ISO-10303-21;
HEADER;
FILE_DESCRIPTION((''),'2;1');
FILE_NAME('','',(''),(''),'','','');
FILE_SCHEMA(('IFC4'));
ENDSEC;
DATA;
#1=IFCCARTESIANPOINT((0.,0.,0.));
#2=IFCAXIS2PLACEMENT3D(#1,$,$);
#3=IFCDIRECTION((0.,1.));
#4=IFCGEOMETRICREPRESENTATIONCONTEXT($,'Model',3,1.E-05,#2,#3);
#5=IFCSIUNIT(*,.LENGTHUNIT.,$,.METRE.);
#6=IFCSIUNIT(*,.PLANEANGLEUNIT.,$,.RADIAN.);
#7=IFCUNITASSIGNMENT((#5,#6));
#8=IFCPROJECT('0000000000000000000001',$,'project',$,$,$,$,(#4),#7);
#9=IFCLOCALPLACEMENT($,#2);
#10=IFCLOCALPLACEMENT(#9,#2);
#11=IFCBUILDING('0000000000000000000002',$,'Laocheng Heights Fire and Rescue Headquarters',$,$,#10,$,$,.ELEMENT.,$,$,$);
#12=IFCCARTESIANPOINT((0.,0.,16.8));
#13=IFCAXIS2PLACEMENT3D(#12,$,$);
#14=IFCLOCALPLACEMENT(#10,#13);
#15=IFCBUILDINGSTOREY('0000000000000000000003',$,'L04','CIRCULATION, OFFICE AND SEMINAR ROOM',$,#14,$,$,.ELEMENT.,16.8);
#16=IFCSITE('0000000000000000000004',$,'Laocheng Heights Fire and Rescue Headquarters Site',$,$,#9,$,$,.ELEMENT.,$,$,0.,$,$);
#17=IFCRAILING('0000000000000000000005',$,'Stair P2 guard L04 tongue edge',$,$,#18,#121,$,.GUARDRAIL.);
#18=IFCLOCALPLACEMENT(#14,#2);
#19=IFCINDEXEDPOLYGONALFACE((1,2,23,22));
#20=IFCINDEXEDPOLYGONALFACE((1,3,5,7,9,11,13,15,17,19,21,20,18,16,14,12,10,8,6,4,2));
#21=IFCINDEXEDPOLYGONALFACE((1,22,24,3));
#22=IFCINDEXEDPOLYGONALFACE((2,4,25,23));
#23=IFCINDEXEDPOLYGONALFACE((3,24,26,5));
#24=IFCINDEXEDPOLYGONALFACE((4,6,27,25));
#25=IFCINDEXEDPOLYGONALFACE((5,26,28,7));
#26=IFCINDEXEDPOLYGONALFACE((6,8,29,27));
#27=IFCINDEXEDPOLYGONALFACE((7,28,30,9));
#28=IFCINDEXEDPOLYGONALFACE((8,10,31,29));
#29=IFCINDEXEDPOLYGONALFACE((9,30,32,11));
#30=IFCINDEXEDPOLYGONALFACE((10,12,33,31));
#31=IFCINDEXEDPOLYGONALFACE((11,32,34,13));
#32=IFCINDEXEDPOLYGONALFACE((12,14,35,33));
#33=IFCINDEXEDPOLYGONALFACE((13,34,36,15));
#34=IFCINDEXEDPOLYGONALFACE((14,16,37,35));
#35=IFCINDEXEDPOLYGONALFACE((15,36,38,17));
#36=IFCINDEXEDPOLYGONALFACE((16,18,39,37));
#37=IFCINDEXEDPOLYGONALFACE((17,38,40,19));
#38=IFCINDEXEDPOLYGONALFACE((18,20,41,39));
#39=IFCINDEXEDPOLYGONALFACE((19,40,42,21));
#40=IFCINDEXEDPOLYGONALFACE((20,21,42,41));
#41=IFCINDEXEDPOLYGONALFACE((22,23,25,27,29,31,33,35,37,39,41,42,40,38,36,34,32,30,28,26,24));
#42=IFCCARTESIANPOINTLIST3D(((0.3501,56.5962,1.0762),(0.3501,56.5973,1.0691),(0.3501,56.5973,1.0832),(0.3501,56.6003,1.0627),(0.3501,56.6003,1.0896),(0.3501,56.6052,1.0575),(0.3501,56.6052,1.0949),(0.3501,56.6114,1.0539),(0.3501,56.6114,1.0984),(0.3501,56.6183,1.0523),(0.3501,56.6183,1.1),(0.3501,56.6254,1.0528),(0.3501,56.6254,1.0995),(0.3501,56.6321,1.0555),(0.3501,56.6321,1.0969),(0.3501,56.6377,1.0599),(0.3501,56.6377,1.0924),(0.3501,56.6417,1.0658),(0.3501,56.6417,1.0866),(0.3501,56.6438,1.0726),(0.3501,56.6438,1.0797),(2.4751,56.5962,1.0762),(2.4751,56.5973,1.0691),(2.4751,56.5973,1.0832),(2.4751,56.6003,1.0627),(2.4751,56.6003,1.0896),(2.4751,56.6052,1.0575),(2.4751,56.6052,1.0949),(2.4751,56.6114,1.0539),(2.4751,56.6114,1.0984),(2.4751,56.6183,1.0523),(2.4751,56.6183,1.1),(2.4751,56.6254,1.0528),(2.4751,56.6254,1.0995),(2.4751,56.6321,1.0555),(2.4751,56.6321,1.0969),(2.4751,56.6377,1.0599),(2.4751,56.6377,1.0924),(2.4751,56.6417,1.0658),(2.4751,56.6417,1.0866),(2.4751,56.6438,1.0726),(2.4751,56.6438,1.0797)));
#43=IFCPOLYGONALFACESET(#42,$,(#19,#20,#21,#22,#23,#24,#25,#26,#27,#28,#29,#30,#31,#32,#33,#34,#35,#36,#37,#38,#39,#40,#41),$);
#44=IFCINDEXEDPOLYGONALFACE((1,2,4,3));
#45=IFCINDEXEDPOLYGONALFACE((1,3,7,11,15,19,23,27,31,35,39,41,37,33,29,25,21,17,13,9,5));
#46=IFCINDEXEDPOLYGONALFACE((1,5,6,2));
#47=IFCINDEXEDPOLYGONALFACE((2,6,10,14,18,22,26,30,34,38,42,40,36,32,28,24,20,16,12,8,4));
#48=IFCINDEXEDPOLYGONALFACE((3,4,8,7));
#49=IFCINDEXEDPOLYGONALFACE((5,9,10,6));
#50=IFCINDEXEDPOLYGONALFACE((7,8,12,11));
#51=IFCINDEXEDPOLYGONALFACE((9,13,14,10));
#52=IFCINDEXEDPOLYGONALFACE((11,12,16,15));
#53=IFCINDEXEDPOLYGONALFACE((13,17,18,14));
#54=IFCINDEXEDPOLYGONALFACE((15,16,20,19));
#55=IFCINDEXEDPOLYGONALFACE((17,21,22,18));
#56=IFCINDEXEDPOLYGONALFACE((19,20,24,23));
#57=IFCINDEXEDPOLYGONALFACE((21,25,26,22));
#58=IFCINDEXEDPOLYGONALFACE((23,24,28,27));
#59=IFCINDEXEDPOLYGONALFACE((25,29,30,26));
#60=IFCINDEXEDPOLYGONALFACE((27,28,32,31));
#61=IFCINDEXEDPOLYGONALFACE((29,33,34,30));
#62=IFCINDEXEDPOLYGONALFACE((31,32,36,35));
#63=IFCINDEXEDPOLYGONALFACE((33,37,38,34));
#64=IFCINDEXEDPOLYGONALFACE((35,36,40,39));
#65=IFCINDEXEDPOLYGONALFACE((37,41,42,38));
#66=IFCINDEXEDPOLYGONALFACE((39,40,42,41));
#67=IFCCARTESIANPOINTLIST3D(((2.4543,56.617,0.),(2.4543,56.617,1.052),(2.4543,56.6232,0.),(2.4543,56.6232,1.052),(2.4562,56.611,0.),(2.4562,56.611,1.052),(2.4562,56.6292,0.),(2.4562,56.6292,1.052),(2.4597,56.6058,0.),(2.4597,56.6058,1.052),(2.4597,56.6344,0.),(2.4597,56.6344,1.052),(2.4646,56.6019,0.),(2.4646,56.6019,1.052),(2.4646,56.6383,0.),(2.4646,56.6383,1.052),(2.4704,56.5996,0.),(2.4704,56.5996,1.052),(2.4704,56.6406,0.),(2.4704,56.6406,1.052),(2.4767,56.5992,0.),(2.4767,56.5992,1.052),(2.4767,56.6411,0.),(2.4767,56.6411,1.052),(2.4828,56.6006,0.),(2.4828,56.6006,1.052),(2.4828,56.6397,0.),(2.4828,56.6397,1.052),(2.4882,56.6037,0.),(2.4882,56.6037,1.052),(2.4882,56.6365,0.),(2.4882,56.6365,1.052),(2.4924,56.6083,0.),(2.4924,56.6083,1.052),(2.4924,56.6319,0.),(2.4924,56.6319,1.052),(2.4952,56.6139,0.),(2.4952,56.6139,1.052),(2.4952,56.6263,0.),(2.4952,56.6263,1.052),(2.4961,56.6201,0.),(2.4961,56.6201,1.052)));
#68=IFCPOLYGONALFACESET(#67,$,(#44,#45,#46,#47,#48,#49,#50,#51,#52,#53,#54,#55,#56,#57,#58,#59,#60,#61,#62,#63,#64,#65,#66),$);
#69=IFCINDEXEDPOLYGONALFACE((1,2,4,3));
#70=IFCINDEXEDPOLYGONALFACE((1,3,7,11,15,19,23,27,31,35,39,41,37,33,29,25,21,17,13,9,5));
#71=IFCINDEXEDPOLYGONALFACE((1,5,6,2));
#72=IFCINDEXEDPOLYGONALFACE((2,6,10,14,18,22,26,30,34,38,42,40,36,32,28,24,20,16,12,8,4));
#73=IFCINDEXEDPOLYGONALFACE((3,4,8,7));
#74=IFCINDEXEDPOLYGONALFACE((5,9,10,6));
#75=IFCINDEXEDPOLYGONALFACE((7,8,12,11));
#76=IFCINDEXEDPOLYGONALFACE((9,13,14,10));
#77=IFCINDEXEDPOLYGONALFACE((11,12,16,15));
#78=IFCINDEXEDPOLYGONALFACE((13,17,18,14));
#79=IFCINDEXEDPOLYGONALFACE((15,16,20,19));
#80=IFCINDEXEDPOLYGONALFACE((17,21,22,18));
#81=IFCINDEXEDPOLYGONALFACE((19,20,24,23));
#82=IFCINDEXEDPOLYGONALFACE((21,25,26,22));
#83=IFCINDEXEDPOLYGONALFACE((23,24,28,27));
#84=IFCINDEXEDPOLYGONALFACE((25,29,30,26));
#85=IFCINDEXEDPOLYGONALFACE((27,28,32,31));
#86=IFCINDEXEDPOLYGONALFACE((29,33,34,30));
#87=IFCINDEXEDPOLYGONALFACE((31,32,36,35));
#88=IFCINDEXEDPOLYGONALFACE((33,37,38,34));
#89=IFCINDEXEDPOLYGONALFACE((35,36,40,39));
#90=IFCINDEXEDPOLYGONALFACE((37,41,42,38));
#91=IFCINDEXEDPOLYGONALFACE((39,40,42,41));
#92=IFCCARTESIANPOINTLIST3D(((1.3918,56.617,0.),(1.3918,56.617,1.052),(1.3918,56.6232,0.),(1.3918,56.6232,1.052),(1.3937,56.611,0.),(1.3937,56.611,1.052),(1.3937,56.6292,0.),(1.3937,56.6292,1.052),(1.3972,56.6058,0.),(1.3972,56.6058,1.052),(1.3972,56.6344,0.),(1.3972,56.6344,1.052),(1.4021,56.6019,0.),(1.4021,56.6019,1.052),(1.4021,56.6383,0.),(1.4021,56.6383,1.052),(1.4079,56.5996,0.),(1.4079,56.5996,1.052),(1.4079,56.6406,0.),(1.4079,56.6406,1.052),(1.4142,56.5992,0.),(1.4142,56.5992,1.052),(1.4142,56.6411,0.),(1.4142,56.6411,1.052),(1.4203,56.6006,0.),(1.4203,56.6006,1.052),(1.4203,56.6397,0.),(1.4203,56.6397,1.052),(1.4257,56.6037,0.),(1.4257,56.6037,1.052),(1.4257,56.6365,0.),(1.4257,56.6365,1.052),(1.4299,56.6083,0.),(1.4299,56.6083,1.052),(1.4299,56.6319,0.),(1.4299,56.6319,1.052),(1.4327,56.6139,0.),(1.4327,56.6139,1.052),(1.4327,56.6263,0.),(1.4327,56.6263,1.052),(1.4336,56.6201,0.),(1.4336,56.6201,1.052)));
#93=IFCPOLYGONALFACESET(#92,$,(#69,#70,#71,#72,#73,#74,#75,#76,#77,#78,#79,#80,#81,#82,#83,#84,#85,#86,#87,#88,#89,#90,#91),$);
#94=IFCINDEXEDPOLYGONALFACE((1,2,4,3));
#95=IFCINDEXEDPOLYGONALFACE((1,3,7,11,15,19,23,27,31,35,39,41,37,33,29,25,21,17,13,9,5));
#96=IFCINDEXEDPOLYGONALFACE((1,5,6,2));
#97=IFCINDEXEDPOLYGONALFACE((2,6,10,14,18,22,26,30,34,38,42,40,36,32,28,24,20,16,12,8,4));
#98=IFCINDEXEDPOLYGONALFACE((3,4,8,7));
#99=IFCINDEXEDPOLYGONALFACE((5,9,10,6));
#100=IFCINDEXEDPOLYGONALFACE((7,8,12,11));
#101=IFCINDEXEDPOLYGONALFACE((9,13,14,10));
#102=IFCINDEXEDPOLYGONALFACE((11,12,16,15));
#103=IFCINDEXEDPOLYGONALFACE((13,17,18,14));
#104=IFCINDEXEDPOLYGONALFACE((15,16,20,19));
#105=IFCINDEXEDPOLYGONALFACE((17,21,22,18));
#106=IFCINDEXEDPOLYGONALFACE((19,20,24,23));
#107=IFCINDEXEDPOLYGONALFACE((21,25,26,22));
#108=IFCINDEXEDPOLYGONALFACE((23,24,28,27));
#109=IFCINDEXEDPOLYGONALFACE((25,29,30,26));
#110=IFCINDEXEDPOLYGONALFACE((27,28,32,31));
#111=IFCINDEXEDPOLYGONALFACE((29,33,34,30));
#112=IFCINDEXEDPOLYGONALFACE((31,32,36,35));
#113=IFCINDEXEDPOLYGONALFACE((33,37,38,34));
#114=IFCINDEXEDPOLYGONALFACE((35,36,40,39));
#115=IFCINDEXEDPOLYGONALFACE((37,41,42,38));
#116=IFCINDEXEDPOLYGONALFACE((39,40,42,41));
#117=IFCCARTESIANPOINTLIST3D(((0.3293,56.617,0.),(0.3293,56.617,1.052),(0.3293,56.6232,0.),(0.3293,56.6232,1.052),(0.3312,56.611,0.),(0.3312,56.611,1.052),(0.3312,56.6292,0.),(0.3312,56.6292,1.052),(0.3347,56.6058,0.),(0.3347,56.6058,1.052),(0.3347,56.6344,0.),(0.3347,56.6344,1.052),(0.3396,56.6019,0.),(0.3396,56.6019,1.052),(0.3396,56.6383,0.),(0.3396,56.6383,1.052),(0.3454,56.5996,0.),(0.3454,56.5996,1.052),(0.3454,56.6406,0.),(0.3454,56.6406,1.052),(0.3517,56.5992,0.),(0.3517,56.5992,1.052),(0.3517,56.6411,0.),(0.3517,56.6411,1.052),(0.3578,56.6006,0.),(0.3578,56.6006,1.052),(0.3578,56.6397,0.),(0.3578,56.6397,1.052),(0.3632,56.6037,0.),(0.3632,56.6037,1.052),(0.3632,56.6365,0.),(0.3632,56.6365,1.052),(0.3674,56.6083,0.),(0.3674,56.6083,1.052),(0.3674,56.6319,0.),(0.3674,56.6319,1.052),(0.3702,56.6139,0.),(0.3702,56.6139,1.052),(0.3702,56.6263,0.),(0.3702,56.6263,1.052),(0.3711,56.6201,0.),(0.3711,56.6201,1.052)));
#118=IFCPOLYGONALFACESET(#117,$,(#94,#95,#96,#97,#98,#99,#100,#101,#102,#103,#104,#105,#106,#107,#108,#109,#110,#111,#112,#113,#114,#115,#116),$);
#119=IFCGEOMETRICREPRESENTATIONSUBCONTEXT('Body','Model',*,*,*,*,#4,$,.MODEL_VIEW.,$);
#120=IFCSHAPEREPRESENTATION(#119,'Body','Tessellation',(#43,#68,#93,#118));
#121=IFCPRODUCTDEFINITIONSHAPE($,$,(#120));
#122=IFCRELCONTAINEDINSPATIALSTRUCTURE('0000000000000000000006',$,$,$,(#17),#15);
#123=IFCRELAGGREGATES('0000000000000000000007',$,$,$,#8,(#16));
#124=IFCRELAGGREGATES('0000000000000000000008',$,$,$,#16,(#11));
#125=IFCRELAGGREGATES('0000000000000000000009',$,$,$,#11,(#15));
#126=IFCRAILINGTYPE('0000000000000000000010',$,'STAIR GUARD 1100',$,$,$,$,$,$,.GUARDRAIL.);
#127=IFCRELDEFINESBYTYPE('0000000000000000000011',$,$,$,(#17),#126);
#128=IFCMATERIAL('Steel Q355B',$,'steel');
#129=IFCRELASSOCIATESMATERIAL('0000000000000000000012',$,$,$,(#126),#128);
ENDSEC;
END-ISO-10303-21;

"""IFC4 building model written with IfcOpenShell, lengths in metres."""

from ifc_helpers import new_model, si_unit, direction, frame, origin, origin_2d, place, context, subcontext, project, spatial, circle, extrude, material, type_object, element, save


model = new_model("IFC4")

# Units and contexts
model_context = context("Model", 3, precision=1e-05, world=origin(), true_north=direction((0.0, 1.0)))
body_context = subcontext(model_context, "Body", "Model", "MODEL_VIEW")
ifc_project = project(units=[si_unit("LENGTHUNIT", "METRE"), si_unit("PLANEANGLEUNIT", "RADIAN")], contexts=[model_context])

# Site, building, storey
site_placement = place(None, origin())
site = spatial("IfcSite", under=ifc_project, at=site_placement, Name="Laocheng Heights Fire and Rescue Headquarters Site", CompositionType="ELEMENT", RefElevation=0.0)
building_placement = place(site_placement, origin())
building = spatial("IfcBuilding", under=site, at=building_placement, Name="Laocheng Heights Fire and Rescue Headquarters", CompositionType="ELEMENT")
storey_placement = place(building_placement, frame((0.0, 0.0, 16.8)))
storey = spatial("IfcBuildingStorey", under=building, at=storey_placement, Name="L04", Description="CIRCULATION, OFFICE AND SEMINAR ROOM", CompositionType="ELEMENT", Elevation=16.8)

# Railing
ifc_material_1 = material(Name="Steel Q355B", Category="steel")
railing_type = type_object("IfcRailingType", Name="STAIR GUARD 1100", PredefinedType="GUARDRAIL", material=ifc_material_1)
railing_1_placement = place(storey_placement, frame((2.4751, 56.6201, 0.0)))
element("IfcRailing", 1, at=railing_1_placement, inside=storey, type_object=railing_type, Name="Stair P2 guard L04 tongue edge", PredefinedType="GUARDRAIL", context=body_context, shape_type="SweptSolid", body=[
    extrude(circle(Radius=0.0239, at=origin_2d()), frame((0.0, 0.0, 1.0762), z_axis=(-1.0, 0.0, 0.0), x_axis=(0.0, -1.0, 0.0)), (0.0, 0.0, 1.0), 2.125),
    extrude(circle(Radius=0.021, at=origin_2d()), origin(), (0.0, 0.0, 1.0), 1.052),
    extrude(circle(Radius=0.021, at=origin_2d()), frame((-1.0625, 0.0, 0.0)), (0.0, 0.0, 1.0), 1.052),
    extrude(circle(Radius=0.021, at=origin_2d()), frame((-2.125, 0.0, 0.0)), (0.0, 0.0, 1.0), 1.052),
])

save(model, "model.ifc")
